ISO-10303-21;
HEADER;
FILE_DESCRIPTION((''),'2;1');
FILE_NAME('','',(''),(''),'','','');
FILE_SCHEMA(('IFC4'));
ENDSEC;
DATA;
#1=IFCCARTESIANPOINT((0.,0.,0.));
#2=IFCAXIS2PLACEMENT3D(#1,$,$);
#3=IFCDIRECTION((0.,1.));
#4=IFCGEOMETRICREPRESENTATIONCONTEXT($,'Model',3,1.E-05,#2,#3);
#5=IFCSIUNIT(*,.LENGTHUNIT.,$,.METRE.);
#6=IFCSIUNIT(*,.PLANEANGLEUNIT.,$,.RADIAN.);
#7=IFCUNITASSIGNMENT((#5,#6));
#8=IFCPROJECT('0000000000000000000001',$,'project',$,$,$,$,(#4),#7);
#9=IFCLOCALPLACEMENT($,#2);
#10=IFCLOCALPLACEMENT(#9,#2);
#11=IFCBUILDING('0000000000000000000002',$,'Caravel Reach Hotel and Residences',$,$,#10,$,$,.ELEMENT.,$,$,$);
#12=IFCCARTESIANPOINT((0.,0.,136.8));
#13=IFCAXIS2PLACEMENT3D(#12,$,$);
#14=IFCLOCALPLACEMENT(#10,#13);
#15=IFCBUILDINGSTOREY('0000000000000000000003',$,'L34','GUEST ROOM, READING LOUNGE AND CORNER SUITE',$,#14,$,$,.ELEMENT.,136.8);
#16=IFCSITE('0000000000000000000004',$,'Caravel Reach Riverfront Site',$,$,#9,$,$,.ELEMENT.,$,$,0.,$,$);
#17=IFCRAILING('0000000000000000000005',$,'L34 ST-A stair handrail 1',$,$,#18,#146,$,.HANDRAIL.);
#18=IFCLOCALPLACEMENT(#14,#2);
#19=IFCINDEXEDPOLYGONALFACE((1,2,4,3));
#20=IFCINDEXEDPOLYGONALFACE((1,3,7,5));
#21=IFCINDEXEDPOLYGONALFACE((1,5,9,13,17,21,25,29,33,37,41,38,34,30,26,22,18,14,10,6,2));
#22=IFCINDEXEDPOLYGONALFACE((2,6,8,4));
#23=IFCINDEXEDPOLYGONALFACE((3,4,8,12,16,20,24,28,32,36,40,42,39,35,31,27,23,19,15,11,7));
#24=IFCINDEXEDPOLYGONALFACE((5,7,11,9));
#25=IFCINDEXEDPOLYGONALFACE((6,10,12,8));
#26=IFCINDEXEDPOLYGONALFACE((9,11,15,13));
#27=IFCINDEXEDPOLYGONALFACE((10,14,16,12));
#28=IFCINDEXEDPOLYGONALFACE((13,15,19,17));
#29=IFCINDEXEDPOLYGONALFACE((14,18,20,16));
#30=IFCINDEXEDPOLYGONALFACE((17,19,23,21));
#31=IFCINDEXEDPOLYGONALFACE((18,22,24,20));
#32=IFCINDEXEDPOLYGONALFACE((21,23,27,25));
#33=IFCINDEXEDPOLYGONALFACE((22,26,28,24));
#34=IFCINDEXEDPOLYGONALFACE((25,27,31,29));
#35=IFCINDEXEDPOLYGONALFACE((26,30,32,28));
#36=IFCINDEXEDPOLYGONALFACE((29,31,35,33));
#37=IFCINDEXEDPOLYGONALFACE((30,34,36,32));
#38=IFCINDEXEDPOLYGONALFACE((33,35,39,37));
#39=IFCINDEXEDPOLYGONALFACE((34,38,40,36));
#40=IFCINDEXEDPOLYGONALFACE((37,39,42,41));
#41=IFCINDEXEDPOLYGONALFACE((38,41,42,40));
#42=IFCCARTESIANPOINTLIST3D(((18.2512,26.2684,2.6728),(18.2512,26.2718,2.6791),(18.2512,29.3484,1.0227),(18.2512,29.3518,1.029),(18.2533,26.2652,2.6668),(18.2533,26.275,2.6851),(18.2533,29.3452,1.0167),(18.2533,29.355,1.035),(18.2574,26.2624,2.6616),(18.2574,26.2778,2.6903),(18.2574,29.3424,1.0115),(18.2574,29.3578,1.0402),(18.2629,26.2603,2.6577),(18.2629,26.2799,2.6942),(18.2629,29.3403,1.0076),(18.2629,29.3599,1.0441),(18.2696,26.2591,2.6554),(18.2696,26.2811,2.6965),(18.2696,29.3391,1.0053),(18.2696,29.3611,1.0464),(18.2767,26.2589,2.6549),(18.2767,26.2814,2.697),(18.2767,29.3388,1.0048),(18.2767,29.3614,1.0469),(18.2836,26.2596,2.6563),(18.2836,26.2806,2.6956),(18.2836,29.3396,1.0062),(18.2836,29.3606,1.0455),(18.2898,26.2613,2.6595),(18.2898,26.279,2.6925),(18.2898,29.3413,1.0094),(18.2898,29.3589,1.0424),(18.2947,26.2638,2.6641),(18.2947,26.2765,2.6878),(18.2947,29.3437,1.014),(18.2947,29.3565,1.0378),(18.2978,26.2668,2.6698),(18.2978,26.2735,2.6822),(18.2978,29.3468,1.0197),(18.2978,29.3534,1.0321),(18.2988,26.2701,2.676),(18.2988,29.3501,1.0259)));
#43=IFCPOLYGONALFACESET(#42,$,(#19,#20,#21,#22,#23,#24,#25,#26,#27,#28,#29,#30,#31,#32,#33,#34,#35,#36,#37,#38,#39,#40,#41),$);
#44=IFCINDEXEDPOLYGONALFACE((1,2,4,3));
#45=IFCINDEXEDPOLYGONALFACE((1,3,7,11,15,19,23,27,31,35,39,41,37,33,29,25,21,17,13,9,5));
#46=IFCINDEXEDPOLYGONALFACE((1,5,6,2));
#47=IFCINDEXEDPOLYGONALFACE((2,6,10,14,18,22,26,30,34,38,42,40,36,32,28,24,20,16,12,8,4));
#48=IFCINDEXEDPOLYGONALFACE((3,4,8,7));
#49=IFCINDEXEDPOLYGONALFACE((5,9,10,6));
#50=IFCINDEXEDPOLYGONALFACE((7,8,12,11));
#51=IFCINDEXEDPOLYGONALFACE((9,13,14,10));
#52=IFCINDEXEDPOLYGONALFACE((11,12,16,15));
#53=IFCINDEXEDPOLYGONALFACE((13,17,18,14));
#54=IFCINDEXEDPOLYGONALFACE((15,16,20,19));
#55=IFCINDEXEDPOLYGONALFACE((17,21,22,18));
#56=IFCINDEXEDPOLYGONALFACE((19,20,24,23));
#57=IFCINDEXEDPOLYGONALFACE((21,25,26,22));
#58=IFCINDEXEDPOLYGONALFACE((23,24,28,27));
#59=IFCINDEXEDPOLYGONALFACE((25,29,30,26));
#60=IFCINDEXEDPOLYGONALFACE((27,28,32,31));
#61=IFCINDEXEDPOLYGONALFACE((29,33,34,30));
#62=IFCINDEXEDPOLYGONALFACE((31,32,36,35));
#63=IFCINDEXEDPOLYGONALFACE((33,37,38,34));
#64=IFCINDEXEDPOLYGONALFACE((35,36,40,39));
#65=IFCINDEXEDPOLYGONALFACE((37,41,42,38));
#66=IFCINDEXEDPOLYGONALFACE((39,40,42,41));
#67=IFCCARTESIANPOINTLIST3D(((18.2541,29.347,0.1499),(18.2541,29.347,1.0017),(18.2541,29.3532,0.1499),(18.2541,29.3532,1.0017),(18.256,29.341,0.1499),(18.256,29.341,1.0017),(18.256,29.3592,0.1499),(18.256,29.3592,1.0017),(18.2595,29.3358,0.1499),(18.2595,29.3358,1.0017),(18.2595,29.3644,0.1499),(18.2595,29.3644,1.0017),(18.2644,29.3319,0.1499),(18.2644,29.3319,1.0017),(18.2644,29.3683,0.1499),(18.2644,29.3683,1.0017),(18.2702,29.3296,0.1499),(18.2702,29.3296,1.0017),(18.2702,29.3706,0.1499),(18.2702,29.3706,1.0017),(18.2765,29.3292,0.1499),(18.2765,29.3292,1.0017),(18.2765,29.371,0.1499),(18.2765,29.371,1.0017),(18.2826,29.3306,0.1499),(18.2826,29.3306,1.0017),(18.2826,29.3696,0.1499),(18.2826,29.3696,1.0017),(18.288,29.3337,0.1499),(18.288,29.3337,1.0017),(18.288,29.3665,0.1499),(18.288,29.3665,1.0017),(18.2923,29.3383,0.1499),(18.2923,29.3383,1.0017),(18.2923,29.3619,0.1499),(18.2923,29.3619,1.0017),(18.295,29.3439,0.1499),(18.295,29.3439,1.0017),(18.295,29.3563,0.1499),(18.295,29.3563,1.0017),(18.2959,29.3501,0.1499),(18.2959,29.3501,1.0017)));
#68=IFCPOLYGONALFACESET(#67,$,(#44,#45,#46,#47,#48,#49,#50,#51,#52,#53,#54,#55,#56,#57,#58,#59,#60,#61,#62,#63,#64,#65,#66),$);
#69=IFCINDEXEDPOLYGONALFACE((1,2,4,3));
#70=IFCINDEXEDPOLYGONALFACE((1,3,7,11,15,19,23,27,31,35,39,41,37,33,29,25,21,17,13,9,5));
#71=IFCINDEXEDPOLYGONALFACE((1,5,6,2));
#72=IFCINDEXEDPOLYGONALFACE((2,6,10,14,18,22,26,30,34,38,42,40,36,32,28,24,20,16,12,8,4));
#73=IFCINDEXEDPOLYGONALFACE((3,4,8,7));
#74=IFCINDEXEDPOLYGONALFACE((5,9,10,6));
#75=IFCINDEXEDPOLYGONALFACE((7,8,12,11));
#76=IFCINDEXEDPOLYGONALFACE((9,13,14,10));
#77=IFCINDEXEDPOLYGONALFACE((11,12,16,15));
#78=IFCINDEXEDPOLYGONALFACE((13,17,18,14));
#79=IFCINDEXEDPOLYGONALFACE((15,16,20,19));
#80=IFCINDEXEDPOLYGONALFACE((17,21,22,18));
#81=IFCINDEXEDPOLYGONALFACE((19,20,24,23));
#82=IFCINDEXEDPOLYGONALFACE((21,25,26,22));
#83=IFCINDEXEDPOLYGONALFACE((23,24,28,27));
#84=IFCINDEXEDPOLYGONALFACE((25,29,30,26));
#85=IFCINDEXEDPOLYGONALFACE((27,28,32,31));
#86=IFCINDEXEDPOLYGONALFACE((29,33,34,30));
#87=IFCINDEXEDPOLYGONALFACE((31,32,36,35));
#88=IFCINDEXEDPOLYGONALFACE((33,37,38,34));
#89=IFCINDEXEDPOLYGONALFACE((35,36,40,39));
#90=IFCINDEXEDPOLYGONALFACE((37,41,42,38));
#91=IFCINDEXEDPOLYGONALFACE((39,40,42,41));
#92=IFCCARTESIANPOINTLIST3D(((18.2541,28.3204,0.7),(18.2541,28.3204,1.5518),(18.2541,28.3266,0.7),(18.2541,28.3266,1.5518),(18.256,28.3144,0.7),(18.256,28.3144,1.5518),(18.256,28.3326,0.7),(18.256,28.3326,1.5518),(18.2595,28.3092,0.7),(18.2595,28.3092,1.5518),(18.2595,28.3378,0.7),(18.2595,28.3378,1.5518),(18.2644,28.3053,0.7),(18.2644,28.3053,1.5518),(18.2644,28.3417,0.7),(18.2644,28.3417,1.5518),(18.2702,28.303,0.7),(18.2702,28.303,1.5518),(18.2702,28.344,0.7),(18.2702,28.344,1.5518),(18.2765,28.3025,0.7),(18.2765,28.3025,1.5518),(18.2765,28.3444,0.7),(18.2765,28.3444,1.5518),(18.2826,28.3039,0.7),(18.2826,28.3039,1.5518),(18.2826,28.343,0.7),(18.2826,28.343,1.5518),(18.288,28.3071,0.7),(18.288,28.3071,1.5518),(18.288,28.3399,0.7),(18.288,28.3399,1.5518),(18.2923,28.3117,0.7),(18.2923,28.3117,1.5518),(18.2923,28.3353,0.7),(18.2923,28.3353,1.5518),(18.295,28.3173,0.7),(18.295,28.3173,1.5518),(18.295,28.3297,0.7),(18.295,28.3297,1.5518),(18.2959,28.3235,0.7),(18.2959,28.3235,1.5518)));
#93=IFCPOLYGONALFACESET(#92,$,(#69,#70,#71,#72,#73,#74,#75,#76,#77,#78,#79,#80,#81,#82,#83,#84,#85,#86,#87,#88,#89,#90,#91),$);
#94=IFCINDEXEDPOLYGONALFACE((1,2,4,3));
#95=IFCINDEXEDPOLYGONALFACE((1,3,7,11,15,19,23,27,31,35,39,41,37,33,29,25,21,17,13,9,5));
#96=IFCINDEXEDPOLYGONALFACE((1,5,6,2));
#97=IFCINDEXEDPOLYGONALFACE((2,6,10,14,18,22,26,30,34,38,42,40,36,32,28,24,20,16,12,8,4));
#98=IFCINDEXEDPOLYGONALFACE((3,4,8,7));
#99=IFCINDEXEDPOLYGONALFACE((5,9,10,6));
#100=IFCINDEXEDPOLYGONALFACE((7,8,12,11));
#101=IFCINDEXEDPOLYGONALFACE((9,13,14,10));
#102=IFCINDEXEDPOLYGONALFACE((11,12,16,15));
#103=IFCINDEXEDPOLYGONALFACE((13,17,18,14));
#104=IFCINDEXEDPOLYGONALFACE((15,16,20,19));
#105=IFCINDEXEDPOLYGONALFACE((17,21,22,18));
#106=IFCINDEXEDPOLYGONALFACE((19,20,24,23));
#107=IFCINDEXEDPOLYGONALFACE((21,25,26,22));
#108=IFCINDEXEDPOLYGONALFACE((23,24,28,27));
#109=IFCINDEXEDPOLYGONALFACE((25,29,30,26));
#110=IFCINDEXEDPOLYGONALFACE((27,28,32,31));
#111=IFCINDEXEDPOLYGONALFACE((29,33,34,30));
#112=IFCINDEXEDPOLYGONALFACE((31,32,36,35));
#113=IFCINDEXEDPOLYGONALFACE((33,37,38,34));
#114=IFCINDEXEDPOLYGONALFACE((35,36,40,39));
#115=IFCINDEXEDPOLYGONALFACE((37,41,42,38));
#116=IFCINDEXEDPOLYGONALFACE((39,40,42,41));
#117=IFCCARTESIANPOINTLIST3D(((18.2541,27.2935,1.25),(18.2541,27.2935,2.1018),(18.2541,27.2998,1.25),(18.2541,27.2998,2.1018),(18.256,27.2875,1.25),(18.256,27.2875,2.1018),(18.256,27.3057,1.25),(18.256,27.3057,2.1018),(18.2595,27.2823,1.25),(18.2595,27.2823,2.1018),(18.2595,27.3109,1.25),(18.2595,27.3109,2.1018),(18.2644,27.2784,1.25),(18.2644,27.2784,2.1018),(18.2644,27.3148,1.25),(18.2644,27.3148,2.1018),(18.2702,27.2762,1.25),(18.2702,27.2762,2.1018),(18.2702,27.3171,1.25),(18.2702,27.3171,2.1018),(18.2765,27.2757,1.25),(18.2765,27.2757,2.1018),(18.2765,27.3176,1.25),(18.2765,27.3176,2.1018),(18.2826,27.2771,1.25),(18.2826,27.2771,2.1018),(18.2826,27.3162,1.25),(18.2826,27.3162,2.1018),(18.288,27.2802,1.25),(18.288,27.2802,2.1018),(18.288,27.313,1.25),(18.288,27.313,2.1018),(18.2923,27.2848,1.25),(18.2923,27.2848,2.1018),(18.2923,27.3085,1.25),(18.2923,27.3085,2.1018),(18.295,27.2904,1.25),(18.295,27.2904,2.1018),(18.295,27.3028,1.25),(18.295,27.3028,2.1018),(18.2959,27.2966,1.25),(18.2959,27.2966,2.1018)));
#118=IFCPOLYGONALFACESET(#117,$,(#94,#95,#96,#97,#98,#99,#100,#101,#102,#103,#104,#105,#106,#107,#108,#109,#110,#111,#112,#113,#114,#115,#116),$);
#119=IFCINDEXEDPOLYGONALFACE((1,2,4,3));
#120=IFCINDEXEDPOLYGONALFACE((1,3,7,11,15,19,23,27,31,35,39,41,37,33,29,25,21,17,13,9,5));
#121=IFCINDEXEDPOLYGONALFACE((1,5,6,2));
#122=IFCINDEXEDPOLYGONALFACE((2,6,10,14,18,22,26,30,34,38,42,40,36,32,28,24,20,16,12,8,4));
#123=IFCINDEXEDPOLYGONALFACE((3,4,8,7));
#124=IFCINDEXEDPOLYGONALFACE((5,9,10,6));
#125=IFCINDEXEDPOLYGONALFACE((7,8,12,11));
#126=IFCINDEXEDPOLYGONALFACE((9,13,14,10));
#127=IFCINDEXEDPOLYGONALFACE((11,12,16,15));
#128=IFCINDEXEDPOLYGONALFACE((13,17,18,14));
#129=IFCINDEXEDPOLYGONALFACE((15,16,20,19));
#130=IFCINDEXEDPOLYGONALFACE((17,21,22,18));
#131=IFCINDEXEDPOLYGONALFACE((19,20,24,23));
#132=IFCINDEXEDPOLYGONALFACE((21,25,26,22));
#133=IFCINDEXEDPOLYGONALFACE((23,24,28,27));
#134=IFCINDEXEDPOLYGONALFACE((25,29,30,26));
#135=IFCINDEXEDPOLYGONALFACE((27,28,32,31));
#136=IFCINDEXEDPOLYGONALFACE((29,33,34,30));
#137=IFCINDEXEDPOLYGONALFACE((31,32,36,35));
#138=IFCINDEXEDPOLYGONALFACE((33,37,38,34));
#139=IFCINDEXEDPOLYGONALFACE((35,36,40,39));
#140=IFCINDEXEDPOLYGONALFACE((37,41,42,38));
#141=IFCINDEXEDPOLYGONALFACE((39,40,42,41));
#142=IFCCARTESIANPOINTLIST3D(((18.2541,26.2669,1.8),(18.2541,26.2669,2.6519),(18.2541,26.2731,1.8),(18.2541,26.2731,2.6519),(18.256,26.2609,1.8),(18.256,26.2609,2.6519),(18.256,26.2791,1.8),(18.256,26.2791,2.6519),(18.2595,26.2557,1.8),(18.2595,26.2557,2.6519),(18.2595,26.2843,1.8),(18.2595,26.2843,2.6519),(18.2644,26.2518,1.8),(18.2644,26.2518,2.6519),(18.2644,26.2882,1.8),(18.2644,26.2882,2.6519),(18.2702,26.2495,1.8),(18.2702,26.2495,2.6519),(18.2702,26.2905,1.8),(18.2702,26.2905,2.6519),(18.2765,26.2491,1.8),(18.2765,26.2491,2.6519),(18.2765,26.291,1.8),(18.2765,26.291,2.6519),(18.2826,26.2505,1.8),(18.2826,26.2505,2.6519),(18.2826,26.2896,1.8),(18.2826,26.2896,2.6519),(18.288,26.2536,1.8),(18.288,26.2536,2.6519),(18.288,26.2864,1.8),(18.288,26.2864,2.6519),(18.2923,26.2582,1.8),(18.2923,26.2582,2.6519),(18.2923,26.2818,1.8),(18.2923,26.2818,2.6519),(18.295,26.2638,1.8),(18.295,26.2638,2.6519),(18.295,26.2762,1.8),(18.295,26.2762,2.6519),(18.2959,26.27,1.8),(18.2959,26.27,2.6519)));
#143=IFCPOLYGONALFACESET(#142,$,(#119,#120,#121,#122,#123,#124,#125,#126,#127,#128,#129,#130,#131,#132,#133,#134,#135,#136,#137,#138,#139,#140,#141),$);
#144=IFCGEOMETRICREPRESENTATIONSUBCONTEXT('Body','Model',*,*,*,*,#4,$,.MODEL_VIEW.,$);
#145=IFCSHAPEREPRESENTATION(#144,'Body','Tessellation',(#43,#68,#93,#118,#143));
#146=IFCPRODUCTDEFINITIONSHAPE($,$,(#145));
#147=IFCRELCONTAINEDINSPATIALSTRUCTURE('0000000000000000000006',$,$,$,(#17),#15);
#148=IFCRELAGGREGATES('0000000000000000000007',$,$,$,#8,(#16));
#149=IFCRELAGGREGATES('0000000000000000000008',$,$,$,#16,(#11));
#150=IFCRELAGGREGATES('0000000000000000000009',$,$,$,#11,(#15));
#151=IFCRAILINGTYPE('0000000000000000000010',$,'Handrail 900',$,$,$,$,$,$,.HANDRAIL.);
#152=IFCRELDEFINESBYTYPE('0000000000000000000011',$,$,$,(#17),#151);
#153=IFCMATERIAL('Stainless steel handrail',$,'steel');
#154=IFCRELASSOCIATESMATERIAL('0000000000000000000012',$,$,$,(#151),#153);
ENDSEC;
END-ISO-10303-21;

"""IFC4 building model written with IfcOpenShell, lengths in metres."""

from ifc_helpers import new_model, si_unit, direction, frame, origin, origin_2d, place, context, subcontext, project, spatial, circle, extrude, material, type_object, element, save


model = new_model("IFC4")

# Units and contexts
model_context = context("Model", 3, precision=1e-05, world=origin(), true_north=direction((0.0, 1.0)))
body_context = subcontext(model_context, "Body", "Model", "MODEL_VIEW")
ifc_project = project(units=[si_unit("LENGTHUNIT", "METRE"), si_unit("PLANEANGLEUNIT", "RADIAN")], contexts=[model_context])

# Site, building, storey
site_placement = place(None, origin())
site = spatial("IfcSite", under=ifc_project, at=site_placement, Name="Caravel Reach Riverfront Site", CompositionType="ELEMENT", RefElevation=0.0)
building_placement = place(site_placement, origin())
building = spatial("IfcBuilding", under=site, at=building_placement, Name="Caravel Reach Hotel and Residences", CompositionType="ELEMENT")
storey_placement = place(building_placement, frame((0.0, 0.0, 136.8)))
storey = spatial("IfcBuildingStorey", under=building, at=storey_placement, Name="L34", Description="GUEST ROOM, READING LOUNGE AND CORNER SUITE", CompositionType="ELEMENT", Elevation=136.8)

# Railing
ifc_material_1 = material(Name="Stainless steel handrail", Category="steel")
railing_type_1 = type_object("IfcRailingType", Name="Handrail 900", PredefinedType="HANDRAIL", material=ifc_material_1)
railing_1_placement = place(storey_placement, frame((18.2749, 29.3501, 0.1499)))
element("IfcRailing", 1, at=railing_1_placement, inside=storey, type_object=railing_type_1, Name="L34 ST-A stair handrail 1", PredefinedType="HANDRAIL", context=body_context, shape_type="SweptSolid", body=[
    extrude(circle(Radius=0.0239, at=origin_2d()), frame((0.0, 0.0, 0.876), z_axis=(0.0, -0.881468, 0.472245), x_axis=(1.0, 0.0, 0.0)), (0.0, 0.0, 1.0), 3.4941),
    extrude(circle(Radius=0.021, at=origin_2d()), origin(), (0.0, 0.0, 1.0), 0.8518),
    extrude(circle(Radius=0.021, at=origin_2d()), frame((0.0, -1.0266, 0.55)), (0.0, 0.0, 1.0), 0.8518),
    extrude(circle(Radius=0.021, at=origin_2d()), frame((0.0, -2.0535, 1.1001)), (0.0, 0.0, 1.0), 0.8518),
    extrude(circle(Radius=0.021, at=origin_2d()), frame((0.0, -3.0801, 1.6501)), (0.0, 0.0, 1.0), 0.8518),
])

save(model, "model.ifc")
